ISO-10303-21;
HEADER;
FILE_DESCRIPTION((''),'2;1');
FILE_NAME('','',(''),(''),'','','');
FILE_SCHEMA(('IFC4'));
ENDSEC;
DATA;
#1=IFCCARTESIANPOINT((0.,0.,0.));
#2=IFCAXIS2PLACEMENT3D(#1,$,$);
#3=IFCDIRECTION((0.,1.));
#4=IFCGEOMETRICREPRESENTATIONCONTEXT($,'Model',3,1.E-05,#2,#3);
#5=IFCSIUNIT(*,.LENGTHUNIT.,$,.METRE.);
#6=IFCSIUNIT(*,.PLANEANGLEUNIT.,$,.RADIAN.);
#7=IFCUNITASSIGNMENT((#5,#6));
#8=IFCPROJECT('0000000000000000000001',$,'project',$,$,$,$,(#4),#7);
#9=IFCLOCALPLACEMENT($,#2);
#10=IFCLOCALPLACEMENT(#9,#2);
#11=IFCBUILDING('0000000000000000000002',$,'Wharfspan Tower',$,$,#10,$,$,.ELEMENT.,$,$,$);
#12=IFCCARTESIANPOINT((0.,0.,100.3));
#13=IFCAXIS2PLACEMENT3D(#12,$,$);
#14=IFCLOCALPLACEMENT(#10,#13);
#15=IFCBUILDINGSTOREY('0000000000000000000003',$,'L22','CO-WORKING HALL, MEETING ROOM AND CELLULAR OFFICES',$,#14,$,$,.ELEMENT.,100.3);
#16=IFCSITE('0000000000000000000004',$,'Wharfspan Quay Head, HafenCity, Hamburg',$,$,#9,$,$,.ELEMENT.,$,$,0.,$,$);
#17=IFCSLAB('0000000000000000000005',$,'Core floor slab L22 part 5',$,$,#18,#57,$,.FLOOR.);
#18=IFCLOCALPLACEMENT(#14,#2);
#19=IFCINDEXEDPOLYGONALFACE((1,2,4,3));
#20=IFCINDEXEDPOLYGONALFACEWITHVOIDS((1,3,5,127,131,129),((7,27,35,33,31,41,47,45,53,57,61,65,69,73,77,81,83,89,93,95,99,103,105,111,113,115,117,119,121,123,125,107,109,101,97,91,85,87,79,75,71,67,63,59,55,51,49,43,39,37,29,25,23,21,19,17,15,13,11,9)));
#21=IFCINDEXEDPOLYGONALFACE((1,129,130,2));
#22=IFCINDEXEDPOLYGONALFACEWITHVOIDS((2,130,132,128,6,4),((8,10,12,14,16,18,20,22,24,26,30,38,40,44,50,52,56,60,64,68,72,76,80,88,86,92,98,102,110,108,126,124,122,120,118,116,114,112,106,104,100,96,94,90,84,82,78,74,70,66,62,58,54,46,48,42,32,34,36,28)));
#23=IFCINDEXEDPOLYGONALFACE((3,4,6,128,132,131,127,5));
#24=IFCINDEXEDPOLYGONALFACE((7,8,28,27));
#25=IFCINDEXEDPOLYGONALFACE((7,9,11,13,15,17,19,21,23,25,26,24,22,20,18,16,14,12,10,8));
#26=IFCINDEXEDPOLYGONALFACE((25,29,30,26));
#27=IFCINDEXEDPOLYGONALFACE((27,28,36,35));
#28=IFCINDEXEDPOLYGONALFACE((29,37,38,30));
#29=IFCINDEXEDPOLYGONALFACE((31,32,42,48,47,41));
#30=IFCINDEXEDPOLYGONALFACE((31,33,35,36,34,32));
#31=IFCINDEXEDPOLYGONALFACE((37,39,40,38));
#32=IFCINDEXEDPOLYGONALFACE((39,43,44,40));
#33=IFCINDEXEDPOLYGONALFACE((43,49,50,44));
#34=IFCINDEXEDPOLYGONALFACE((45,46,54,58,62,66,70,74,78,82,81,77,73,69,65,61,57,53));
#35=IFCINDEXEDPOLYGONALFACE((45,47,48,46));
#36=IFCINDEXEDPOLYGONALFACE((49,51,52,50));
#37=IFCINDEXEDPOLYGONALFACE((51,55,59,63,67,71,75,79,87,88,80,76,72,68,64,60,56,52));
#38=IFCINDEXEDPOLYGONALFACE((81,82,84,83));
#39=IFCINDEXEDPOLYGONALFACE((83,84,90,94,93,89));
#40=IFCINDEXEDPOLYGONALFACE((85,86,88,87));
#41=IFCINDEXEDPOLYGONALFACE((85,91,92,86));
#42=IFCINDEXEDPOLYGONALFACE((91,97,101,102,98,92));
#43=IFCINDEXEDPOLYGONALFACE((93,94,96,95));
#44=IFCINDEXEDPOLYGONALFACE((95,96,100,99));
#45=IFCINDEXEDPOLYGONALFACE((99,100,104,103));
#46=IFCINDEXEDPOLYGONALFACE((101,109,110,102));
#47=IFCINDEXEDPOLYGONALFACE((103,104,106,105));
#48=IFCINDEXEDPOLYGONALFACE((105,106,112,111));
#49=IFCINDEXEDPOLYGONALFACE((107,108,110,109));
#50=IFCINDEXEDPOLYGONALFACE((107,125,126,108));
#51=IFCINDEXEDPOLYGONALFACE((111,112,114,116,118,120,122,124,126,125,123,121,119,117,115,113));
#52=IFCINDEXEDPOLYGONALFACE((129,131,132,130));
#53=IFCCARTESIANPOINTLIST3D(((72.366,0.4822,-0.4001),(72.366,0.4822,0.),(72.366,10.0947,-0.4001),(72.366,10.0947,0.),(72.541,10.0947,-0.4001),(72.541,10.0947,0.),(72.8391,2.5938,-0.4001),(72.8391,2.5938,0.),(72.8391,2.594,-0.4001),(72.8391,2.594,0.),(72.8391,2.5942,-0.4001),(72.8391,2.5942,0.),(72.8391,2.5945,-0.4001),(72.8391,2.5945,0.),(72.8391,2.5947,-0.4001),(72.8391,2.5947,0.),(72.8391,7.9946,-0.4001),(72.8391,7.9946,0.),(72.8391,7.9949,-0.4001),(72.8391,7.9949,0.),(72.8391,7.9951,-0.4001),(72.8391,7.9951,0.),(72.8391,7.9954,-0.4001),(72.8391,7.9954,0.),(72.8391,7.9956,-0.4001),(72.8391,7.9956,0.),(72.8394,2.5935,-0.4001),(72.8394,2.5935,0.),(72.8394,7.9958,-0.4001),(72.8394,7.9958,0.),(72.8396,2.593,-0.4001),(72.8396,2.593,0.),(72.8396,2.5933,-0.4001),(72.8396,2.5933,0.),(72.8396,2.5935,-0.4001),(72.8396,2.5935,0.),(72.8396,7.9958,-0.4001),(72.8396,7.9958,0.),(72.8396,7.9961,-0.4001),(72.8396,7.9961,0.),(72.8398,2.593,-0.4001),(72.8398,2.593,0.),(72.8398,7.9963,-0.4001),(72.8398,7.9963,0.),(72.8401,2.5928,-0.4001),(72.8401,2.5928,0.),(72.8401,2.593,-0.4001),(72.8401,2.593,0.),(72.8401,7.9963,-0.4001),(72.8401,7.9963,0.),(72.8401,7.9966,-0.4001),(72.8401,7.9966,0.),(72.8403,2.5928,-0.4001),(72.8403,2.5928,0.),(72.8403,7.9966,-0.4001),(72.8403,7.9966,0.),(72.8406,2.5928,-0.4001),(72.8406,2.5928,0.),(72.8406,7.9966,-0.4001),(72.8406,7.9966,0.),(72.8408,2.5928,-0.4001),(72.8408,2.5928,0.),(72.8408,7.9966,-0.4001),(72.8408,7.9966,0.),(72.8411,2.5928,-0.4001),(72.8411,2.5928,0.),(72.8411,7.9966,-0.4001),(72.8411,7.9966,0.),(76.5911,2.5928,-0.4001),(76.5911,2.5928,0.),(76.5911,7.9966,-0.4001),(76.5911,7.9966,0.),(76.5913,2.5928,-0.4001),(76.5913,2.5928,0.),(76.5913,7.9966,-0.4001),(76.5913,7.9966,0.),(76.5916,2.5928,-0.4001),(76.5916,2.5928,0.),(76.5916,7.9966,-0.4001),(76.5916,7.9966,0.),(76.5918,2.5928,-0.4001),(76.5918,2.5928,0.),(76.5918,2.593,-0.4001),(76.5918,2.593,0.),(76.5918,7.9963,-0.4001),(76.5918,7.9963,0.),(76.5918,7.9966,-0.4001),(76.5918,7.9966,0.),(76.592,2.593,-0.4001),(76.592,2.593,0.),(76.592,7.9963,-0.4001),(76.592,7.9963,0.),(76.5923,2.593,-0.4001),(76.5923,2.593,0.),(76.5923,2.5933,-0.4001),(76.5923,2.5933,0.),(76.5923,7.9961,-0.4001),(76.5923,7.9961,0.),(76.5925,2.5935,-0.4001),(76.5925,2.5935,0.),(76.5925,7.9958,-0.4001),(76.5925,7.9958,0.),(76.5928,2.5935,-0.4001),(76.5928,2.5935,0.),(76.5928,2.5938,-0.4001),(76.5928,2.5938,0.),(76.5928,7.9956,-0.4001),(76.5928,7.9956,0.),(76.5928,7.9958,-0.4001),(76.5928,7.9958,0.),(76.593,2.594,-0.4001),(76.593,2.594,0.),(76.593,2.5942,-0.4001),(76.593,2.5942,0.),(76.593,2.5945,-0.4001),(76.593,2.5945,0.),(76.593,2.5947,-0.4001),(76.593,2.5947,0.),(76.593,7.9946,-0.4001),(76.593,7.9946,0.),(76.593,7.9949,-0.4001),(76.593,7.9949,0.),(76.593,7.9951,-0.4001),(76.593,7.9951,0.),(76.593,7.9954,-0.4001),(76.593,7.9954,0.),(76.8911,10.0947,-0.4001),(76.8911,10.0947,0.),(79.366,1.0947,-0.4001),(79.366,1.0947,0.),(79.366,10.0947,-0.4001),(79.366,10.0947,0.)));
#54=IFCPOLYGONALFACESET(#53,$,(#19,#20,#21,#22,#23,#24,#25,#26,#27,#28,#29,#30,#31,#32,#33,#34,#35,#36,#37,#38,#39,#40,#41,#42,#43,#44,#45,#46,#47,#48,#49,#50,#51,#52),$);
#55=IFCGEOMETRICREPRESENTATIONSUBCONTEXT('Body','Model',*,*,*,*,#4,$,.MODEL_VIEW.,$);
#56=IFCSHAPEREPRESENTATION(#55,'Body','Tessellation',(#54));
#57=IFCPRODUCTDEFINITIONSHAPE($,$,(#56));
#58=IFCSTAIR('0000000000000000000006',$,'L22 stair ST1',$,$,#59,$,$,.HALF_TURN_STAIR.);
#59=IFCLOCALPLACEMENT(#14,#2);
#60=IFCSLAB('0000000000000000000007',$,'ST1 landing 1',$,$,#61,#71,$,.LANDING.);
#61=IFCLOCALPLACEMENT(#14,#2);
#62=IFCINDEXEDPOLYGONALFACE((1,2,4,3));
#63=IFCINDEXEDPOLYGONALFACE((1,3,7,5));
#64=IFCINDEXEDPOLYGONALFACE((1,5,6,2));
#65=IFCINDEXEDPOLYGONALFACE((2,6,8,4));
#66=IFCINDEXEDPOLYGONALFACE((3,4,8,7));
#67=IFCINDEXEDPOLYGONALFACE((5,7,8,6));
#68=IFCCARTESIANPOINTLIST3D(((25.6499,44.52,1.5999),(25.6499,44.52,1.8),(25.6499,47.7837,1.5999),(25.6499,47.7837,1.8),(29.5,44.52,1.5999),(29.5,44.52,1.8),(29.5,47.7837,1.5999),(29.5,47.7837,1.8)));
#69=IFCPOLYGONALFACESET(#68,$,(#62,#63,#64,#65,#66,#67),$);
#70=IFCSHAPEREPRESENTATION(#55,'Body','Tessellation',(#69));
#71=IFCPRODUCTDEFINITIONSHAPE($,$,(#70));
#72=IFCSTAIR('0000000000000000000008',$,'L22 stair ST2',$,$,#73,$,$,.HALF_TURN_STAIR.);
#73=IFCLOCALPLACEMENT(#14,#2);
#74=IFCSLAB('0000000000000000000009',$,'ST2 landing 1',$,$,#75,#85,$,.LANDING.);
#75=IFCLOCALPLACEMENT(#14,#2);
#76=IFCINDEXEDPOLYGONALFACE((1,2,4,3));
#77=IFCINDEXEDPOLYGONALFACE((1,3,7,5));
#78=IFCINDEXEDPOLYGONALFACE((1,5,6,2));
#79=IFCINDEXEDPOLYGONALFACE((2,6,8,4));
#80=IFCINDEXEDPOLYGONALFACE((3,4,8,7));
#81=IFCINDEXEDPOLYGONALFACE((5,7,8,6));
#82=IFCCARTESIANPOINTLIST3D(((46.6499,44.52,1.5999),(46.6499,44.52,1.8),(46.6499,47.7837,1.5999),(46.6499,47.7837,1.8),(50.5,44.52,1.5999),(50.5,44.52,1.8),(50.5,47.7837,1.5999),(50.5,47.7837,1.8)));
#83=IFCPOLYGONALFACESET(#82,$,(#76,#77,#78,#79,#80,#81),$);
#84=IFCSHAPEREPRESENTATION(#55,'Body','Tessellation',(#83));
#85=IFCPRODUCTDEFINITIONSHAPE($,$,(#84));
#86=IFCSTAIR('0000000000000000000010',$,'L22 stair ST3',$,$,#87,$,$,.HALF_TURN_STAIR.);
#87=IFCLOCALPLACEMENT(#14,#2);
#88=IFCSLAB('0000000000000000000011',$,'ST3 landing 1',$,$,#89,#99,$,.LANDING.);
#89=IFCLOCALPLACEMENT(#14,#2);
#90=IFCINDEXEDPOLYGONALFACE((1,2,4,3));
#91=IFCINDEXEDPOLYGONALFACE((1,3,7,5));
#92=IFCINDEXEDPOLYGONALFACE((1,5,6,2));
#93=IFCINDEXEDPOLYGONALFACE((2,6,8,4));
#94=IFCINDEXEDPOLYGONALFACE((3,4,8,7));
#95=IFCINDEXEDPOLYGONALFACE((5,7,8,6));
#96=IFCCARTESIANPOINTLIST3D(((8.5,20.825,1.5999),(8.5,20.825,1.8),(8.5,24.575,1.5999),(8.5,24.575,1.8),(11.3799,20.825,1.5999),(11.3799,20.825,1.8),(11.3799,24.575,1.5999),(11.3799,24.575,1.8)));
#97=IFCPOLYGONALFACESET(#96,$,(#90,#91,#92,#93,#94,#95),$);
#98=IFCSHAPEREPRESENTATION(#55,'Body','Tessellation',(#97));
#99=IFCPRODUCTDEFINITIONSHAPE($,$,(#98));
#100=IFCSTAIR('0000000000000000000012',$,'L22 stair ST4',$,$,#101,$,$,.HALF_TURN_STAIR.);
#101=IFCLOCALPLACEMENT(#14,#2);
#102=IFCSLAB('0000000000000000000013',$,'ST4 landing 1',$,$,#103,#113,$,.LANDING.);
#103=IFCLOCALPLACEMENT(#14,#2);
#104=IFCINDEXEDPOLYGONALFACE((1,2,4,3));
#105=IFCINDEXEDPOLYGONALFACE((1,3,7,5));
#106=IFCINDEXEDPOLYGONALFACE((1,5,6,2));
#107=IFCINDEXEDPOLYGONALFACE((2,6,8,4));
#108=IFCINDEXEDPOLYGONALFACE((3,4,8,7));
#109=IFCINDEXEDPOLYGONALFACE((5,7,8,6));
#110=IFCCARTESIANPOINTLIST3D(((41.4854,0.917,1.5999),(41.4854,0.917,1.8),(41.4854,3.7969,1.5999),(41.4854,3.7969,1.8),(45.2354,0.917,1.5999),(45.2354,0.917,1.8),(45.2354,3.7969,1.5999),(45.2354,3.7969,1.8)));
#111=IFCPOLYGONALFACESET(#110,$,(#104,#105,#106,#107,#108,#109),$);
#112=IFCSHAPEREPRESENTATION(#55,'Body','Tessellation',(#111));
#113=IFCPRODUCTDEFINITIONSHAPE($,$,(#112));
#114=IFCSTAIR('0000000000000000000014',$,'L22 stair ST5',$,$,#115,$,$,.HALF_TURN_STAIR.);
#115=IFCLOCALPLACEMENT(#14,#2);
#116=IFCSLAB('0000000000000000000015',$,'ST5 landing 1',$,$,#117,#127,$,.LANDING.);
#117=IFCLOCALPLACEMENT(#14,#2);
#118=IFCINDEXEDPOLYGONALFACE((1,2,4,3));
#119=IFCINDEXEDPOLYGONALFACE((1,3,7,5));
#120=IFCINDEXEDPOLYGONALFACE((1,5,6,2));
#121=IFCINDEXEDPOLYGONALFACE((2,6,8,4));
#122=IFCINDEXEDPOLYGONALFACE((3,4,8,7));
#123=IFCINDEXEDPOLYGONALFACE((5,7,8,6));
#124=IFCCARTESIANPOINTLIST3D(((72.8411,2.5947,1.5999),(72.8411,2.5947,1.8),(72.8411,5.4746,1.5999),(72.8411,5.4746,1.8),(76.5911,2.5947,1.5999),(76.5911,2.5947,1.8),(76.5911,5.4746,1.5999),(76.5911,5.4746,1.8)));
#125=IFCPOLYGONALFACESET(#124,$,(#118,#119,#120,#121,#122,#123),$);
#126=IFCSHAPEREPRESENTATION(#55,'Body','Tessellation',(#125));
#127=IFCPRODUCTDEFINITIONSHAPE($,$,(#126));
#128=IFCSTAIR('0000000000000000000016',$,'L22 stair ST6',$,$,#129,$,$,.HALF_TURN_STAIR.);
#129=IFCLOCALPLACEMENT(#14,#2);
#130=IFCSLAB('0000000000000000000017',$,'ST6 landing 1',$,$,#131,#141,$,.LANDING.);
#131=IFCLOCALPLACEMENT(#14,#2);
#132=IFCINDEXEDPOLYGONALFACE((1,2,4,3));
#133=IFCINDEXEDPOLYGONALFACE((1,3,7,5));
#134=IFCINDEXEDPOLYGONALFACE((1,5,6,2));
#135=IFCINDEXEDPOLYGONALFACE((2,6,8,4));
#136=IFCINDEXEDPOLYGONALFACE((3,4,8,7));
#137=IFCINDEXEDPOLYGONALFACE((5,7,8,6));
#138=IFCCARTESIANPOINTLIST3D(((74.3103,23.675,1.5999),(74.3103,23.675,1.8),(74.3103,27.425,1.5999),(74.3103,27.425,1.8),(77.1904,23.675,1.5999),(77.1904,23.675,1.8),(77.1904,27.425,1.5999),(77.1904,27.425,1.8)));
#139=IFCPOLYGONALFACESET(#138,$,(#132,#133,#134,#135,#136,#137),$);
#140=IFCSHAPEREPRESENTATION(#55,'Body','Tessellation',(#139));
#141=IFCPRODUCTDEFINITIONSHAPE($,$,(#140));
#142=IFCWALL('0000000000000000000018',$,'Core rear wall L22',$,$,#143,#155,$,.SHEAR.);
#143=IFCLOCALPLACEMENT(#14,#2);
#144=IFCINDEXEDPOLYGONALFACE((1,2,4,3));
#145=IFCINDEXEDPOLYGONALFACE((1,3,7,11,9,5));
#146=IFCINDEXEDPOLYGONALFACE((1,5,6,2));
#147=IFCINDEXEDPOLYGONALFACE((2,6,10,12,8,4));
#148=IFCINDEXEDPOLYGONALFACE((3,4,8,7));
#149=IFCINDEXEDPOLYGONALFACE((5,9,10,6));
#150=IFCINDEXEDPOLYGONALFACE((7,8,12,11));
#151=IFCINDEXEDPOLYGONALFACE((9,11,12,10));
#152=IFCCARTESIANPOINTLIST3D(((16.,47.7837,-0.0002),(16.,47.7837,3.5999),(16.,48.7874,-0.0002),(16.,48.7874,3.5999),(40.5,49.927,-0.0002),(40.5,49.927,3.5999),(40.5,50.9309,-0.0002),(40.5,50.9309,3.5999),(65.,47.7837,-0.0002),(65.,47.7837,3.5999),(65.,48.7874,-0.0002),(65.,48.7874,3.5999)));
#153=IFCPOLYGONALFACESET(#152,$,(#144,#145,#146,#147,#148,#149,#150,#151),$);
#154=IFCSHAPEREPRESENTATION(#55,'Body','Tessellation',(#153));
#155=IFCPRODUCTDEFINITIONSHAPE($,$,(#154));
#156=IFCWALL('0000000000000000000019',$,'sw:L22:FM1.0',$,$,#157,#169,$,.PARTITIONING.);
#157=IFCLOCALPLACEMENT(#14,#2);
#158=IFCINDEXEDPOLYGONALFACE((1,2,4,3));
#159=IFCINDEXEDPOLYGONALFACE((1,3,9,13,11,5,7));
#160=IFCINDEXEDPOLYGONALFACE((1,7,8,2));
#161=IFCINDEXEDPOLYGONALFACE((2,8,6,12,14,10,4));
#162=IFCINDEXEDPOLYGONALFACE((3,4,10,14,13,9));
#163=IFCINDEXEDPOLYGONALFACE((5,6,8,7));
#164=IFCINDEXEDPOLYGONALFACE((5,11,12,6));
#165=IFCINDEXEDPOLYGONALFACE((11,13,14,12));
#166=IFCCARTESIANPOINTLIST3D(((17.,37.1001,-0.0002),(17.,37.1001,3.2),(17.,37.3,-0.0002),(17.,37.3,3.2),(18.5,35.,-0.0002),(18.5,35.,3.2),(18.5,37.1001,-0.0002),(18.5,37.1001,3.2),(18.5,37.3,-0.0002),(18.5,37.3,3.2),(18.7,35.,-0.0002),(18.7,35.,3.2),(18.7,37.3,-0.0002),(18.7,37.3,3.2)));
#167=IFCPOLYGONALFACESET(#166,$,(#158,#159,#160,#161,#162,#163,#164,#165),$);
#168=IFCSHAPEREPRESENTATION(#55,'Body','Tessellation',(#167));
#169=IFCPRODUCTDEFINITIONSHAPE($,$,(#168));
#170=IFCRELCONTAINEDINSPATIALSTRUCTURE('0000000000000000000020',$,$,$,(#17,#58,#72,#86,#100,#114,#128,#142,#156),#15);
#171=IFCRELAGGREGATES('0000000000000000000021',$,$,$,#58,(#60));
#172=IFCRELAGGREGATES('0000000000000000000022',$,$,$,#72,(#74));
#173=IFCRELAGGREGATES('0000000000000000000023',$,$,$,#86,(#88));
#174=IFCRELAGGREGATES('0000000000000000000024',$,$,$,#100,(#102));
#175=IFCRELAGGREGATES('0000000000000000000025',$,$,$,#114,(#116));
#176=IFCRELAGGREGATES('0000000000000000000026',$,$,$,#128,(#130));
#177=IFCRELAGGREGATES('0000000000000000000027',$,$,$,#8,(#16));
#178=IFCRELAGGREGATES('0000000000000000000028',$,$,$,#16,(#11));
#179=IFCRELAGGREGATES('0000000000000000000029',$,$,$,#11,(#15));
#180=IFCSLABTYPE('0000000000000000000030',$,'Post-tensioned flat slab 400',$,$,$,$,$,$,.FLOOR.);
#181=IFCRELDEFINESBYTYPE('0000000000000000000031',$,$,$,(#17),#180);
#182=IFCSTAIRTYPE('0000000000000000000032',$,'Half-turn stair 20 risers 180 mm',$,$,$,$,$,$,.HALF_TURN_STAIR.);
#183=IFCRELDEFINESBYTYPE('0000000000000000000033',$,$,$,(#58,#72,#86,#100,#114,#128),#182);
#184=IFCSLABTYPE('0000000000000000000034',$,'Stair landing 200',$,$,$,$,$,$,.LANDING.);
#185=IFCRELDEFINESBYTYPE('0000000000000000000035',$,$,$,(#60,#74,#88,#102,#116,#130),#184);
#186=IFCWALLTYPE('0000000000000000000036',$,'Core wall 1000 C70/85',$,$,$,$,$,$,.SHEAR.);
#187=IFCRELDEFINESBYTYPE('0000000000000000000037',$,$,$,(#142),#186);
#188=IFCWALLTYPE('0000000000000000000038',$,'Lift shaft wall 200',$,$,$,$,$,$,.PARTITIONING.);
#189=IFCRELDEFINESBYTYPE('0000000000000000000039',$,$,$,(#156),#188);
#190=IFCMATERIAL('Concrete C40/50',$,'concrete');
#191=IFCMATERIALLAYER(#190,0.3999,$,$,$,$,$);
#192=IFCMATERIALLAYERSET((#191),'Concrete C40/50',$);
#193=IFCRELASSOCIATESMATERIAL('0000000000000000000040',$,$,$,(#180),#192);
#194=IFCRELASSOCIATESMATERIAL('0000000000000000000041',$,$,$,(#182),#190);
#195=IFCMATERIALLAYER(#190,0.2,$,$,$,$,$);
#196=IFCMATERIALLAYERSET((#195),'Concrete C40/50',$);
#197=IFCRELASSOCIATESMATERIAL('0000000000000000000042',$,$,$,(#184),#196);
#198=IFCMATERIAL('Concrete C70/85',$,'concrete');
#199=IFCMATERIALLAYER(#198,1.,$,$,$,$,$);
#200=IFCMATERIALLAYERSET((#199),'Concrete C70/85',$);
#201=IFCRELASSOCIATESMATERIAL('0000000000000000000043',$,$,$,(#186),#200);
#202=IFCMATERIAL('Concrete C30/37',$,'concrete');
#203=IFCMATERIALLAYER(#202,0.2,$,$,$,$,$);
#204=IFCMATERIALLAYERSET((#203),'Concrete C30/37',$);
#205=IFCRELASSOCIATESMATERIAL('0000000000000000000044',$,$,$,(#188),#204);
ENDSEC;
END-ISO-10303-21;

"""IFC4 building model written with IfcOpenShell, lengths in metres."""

from ifc_helpers import new_model, si_unit, direction, frame, origin, place, context, subcontext, project, spatial, polyline, outline, extrude, material, layer, layer_set, type_object, element, aggregate, save


model = new_model("IFC4")

# Units and contexts
model_context = context("Model", 3, precision=1e-05, world=origin(), true_north=direction((0.0, 1.0)))
body_context = subcontext(model_context, "Body", "Model", "MODEL_VIEW")
ifc_project = project(units=[si_unit("LENGTHUNIT", "METRE"), si_unit("PLANEANGLEUNIT", "RADIAN")], contexts=[model_context])

# Site, building, storey
site_placement = place(None, origin())
site = spatial("IfcSite", under=ifc_project, at=site_placement, Name="Wharfspan Quay Head, HafenCity, Hamburg", CompositionType="ELEMENT", RefElevation=0.0)
building_placement = place(site_placement, origin())
building = spatial("IfcBuilding", under=site, at=building_placement, Name="Wharfspan Tower", CompositionType="ELEMENT")
storey_placement = place(building_placement, frame((0.0, 0.0, 100.3)))
storey = spatial("IfcBuildingStorey", under=building, at=storey_placement, Name="L22", Description="CO-WORKING HALL, MEETING ROOM AND CELLULAR OFFICES", CompositionType="ELEMENT", Elevation=100.3)

# Slab
ifc_material_1 = material(Name="Concrete C40/50", Category="concrete")
ifc_layer_1 = layer(ifc_material_1, 0.3999)
ifc_layer_set_1 = layer_set([ifc_layer_1], Name="Concrete C40/50")
slab_type_1 = type_object("IfcSlabType", Name="Post-tensioned flat slab 400", PredefinedType="FLOOR", material=ifc_layer_set_1)
slab_1_placement = place(storey_placement, frame((0.0, 0.0, -0.4001)))
element("IfcSlab", 1, at=slab_1_placement, inside=storey, type_object=slab_type_1, Name="Core floor slab L22 part 5", PredefinedType="FLOOR", context=body_context, shape_type="SweptSolid", body=[
    extrude(outline(polyline([(79.366, 10.0947), (76.8911, 10.0947), (72.541, 10.0947), (72.366, 10.0947), (72.366, 0.4822), (79.366, 1.0947), (79.366, 10.0947)]), holes=[polyline([(76.5911, 7.9966), (76.5913, 7.9966), (76.5913, 7.9966), (76.5916, 7.9966), (76.5918, 7.9966), (76.5918, 7.9963), (76.592, 7.9963), (76.5923, 7.9961), (76.5923, 7.9961), (76.5925, 7.9958), (76.5928, 7.9958), (76.5928, 7.9956), (76.593, 7.9954), (76.593, 7.9951), (76.593, 7.9951), (76.593, 7.9949), (76.593, 7.9946), (76.593, 2.5947), (76.593, 2.5945), (76.593, 2.5942), (76.593, 2.594), (76.593, 2.594), (76.5928, 2.5938), (76.5928, 2.5935), (76.5925, 2.5935), (76.5923, 2.5933), (76.5923, 2.593), (76.592, 2.593), (76.5918, 2.593), (76.5918, 2.5928), (76.5916, 2.5928), (76.5913, 2.5928), (76.5913, 2.5928), (76.5911, 2.5928), (72.8411, 2.5928), (72.8408, 2.5928), (72.8406, 2.5928), (72.8403, 2.5928), (72.8401, 2.5928), (72.8401, 2.593), (72.8398, 2.593), (72.8396, 2.593), (72.8396, 2.5933), (72.8396, 2.5935), (72.8394, 2.5935), (72.8391, 2.5938), (72.8391, 2.594), (72.8391, 2.594), (72.8391, 2.5942), (72.8391, 2.5945), (72.8391, 2.5947), (72.8391, 7.9946), (72.8391, 7.9949), (72.8391, 7.9951), (72.8391, 7.9951), (72.8391, 7.9954), (72.8391, 7.9956), (72.8394, 7.9958), (72.8396, 7.9958), (72.8396, 7.9961), (72.8396, 7.9961), (72.8398, 7.9963), (72.8401, 7.9963), (72.8401, 7.9966), (72.8403, 7.9966), (72.8406, 7.9966), (72.8408, 7.9966), (72.8411, 7.9966), (76.5911, 7.9966)])]), origin(), (0.0, 0.0, 1.0), 0.4001),
])

# Stairs, slabs
stair_type = type_object("IfcStairType", Name="Half-turn stair 20 risers 180 mm", PredefinedType="HALF_TURN_STAIR", material=ifc_material_1)
stair_1_placement = place(storey_placement, origin())
stair_1 = element("IfcStair", 2, at=stair_1_placement, inside=storey, type_object=stair_type, Name="L22 stair ST1", PredefinedType="HALF_TURN_STAIR")
ifc_layer_2 = layer(ifc_material_1, 0.2)
ifc_layer_set_2 = layer_set([ifc_layer_2], Name="Concrete C40/50")
slab_type_2 = type_object("IfcSlabType", Name="Stair landing 200", PredefinedType="LANDING", material=ifc_layer_set_2)
slab_2_placement = place(storey_placement, frame((0.0, 0.0, 1.5999)))
slab_2 = element("IfcSlab", 3, at=slab_2_placement, type_object=slab_type_2, Name="ST1 landing 1", PredefinedType="LANDING", context=body_context, shape_type="SweptSolid", body=[
    extrude(outline(polyline([(25.6499, 44.52), (29.5, 44.52), (29.5, 47.7837), (25.6499, 47.7837), (25.6499, 44.52)])), origin(), (0.0, 0.0, 1.0), 0.2002),
])
aggregate(stair_1, [slab_2])
stair_2_placement = place(storey_placement, origin())
stair_2 = element("IfcStair", 4, at=stair_2_placement, inside=storey, type_object=stair_type, Name="L22 stair ST2", PredefinedType="HALF_TURN_STAIR")
slab_3_placement = place(storey_placement, frame((0.0, 0.0, 1.5999)))
slab_3 = element("IfcSlab", 5, at=slab_3_placement, type_object=slab_type_2, Name="ST2 landing 1", PredefinedType="LANDING", context=body_context, shape_type="SweptSolid", body=[
    extrude(outline(polyline([(46.6499, 44.52), (50.5, 44.52), (50.5, 47.7837), (46.6499, 47.7837), (46.6499, 44.52)])), origin(), (0.0, 0.0, 1.0), 0.2002),
])
aggregate(stair_2, [slab_3])
stair_3_placement = place(storey_placement, origin())
stair_3 = element("IfcStair", 6, at=stair_3_placement, inside=storey, type_object=stair_type, Name="L22 stair ST3", PredefinedType="HALF_TURN_STAIR")
slab_4_placement = place(storey_placement, frame((0.0, 0.0, 1.5999)))
slab_4 = element("IfcSlab", 7, at=slab_4_placement, type_object=slab_type_2, Name="ST3 landing 1", PredefinedType="LANDING", context=body_context, shape_type="SweptSolid", body=[
    extrude(outline(polyline([(11.3799, 24.575), (8.5, 24.575), (8.5, 20.825), (11.3799, 20.825), (11.3799, 24.575)])), origin(), (0.0, 0.0, 1.0), 0.2002),
])
aggregate(stair_3, [slab_4])
stair_4_placement = place(storey_placement, origin())
stair_4 = element("IfcStair", 8, at=stair_4_placement, inside=storey, type_object=stair_type, Name="L22 stair ST4", PredefinedType="HALF_TURN_STAIR")
slab_5_placement = place(storey_placement, frame((0.0, 0.0, 1.5999)))
slab_5 = element("IfcSlab", 9, at=slab_5_placement, type_object=slab_type_2, Name="ST4 landing 1", PredefinedType="LANDING", context=body_context, shape_type="SweptSolid", body=[
    extrude(outline(polyline([(41.4854, 3.7969), (41.4854, 0.917), (45.2354, 0.917), (45.2354, 3.7969), (41.4854, 3.7969)])), origin(), (0.0, 0.0, 1.0), 0.2002),
])
aggregate(stair_4, [slab_5])
stair_5_placement = place(storey_placement, origin())
stair_5 = element("IfcStair", 10, at=stair_5_placement, inside=storey, type_object=stair_type, Name="L22 stair ST5", PredefinedType="HALF_TURN_STAIR")
slab_6_placement = place(storey_placement, frame((0.0, 0.0, 1.5999)))
slab_6 = element("IfcSlab", 11, at=slab_6_placement, type_object=slab_type_2, Name="ST5 landing 1", PredefinedType="LANDING", context=body_context, shape_type="SweptSolid", body=[
    extrude(outline(polyline([(72.8411, 5.4746), (72.8411, 2.5947), (76.5911, 2.5947), (76.5911, 5.4746), (72.8411, 5.4746)])), origin(), (0.0, 0.0, 1.0), 0.2002),
])
aggregate(stair_5, [slab_6])
stair_6_placement = place(storey_placement, origin())
stair_6 = element("IfcStair", 12, at=stair_6_placement, inside=storey, type_object=stair_type, Name="L22 stair ST6", PredefinedType="HALF_TURN_STAIR")
slab_7_placement = place(storey_placement, frame((0.0, 0.0, 1.5999)))
slab_7 = element("IfcSlab", 13, at=slab_7_placement, type_object=slab_type_2, Name="ST6 landing 1", PredefinedType="LANDING", context=body_context, shape_type="SweptSolid", body=[
    extrude(outline(polyline([(74.3103, 23.675), (77.1904, 23.675), (77.1904, 27.425), (74.3103, 27.425), (74.3103, 23.675)])), origin(), (0.0, 0.0, 1.0), 0.2002),
])
aggregate(stair_6, [slab_7])

# Walls
ifc_material_2 = material(Name="Concrete C70/85", Category="concrete")
ifc_layer_3 = layer(ifc_material_2, 1.0)
ifc_layer_set_3 = layer_set([ifc_layer_3], Name="Concrete C70/85")
wall_type_1 = type_object("IfcWallType", Name="Core wall 1000 C70/85", PredefinedType="SHEAR", material=ifc_layer_set_3)
wall_1_placement = place(storey_placement, frame((0.0, 0.0, -0.0002)))
element("IfcWall", 14, at=wall_1_placement, inside=storey, type_object=wall_type_1, Name="Core rear wall L22", PredefinedType="SHEAR", context=body_context, shape_type="SweptSolid", body=[
    extrude(outline(polyline([(16.0, 47.7837), (40.5, 49.927), (65.0, 47.7837), (65.0, 48.7874), (40.5, 50.9309), (16.0, 48.7874), (16.0, 47.7837)])), origin(), (0.0, 0.0, 1.0), 3.6001),
])
ifc_material_3 = material(Name="Concrete C30/37", Category="concrete")
ifc_layer_4 = layer(ifc_material_3, 0.2)
ifc_layer_set_4 = layer_set([ifc_layer_4], Name="Concrete C30/37")
wall_type_2 = type_object("IfcWallType", Name="Lift shaft wall 200", PredefinedType="PARTITIONING", material=ifc_layer_set_4)
wall_2_placement = place(storey_placement, frame((0.0, 0.0, -0.0002)))
element("IfcWall", 15, at=wall_2_placement, inside=storey, type_object=wall_type_2, Name="sw:L22:FM1.0", PredefinedType="PARTITIONING", context=body_context, shape_type="SweptSolid", body=[
    extrude(outline(polyline([(18.5, 37.1001), (17.0, 37.1001), (17.0, 37.3), (18.5, 37.3), (18.7, 37.3), (18.7, 35.0), (18.5, 35.0), (18.5, 37.1001)])), origin(), (0.0, 0.0, 1.0), 3.2002),
])

save(model, "model.ifc")
